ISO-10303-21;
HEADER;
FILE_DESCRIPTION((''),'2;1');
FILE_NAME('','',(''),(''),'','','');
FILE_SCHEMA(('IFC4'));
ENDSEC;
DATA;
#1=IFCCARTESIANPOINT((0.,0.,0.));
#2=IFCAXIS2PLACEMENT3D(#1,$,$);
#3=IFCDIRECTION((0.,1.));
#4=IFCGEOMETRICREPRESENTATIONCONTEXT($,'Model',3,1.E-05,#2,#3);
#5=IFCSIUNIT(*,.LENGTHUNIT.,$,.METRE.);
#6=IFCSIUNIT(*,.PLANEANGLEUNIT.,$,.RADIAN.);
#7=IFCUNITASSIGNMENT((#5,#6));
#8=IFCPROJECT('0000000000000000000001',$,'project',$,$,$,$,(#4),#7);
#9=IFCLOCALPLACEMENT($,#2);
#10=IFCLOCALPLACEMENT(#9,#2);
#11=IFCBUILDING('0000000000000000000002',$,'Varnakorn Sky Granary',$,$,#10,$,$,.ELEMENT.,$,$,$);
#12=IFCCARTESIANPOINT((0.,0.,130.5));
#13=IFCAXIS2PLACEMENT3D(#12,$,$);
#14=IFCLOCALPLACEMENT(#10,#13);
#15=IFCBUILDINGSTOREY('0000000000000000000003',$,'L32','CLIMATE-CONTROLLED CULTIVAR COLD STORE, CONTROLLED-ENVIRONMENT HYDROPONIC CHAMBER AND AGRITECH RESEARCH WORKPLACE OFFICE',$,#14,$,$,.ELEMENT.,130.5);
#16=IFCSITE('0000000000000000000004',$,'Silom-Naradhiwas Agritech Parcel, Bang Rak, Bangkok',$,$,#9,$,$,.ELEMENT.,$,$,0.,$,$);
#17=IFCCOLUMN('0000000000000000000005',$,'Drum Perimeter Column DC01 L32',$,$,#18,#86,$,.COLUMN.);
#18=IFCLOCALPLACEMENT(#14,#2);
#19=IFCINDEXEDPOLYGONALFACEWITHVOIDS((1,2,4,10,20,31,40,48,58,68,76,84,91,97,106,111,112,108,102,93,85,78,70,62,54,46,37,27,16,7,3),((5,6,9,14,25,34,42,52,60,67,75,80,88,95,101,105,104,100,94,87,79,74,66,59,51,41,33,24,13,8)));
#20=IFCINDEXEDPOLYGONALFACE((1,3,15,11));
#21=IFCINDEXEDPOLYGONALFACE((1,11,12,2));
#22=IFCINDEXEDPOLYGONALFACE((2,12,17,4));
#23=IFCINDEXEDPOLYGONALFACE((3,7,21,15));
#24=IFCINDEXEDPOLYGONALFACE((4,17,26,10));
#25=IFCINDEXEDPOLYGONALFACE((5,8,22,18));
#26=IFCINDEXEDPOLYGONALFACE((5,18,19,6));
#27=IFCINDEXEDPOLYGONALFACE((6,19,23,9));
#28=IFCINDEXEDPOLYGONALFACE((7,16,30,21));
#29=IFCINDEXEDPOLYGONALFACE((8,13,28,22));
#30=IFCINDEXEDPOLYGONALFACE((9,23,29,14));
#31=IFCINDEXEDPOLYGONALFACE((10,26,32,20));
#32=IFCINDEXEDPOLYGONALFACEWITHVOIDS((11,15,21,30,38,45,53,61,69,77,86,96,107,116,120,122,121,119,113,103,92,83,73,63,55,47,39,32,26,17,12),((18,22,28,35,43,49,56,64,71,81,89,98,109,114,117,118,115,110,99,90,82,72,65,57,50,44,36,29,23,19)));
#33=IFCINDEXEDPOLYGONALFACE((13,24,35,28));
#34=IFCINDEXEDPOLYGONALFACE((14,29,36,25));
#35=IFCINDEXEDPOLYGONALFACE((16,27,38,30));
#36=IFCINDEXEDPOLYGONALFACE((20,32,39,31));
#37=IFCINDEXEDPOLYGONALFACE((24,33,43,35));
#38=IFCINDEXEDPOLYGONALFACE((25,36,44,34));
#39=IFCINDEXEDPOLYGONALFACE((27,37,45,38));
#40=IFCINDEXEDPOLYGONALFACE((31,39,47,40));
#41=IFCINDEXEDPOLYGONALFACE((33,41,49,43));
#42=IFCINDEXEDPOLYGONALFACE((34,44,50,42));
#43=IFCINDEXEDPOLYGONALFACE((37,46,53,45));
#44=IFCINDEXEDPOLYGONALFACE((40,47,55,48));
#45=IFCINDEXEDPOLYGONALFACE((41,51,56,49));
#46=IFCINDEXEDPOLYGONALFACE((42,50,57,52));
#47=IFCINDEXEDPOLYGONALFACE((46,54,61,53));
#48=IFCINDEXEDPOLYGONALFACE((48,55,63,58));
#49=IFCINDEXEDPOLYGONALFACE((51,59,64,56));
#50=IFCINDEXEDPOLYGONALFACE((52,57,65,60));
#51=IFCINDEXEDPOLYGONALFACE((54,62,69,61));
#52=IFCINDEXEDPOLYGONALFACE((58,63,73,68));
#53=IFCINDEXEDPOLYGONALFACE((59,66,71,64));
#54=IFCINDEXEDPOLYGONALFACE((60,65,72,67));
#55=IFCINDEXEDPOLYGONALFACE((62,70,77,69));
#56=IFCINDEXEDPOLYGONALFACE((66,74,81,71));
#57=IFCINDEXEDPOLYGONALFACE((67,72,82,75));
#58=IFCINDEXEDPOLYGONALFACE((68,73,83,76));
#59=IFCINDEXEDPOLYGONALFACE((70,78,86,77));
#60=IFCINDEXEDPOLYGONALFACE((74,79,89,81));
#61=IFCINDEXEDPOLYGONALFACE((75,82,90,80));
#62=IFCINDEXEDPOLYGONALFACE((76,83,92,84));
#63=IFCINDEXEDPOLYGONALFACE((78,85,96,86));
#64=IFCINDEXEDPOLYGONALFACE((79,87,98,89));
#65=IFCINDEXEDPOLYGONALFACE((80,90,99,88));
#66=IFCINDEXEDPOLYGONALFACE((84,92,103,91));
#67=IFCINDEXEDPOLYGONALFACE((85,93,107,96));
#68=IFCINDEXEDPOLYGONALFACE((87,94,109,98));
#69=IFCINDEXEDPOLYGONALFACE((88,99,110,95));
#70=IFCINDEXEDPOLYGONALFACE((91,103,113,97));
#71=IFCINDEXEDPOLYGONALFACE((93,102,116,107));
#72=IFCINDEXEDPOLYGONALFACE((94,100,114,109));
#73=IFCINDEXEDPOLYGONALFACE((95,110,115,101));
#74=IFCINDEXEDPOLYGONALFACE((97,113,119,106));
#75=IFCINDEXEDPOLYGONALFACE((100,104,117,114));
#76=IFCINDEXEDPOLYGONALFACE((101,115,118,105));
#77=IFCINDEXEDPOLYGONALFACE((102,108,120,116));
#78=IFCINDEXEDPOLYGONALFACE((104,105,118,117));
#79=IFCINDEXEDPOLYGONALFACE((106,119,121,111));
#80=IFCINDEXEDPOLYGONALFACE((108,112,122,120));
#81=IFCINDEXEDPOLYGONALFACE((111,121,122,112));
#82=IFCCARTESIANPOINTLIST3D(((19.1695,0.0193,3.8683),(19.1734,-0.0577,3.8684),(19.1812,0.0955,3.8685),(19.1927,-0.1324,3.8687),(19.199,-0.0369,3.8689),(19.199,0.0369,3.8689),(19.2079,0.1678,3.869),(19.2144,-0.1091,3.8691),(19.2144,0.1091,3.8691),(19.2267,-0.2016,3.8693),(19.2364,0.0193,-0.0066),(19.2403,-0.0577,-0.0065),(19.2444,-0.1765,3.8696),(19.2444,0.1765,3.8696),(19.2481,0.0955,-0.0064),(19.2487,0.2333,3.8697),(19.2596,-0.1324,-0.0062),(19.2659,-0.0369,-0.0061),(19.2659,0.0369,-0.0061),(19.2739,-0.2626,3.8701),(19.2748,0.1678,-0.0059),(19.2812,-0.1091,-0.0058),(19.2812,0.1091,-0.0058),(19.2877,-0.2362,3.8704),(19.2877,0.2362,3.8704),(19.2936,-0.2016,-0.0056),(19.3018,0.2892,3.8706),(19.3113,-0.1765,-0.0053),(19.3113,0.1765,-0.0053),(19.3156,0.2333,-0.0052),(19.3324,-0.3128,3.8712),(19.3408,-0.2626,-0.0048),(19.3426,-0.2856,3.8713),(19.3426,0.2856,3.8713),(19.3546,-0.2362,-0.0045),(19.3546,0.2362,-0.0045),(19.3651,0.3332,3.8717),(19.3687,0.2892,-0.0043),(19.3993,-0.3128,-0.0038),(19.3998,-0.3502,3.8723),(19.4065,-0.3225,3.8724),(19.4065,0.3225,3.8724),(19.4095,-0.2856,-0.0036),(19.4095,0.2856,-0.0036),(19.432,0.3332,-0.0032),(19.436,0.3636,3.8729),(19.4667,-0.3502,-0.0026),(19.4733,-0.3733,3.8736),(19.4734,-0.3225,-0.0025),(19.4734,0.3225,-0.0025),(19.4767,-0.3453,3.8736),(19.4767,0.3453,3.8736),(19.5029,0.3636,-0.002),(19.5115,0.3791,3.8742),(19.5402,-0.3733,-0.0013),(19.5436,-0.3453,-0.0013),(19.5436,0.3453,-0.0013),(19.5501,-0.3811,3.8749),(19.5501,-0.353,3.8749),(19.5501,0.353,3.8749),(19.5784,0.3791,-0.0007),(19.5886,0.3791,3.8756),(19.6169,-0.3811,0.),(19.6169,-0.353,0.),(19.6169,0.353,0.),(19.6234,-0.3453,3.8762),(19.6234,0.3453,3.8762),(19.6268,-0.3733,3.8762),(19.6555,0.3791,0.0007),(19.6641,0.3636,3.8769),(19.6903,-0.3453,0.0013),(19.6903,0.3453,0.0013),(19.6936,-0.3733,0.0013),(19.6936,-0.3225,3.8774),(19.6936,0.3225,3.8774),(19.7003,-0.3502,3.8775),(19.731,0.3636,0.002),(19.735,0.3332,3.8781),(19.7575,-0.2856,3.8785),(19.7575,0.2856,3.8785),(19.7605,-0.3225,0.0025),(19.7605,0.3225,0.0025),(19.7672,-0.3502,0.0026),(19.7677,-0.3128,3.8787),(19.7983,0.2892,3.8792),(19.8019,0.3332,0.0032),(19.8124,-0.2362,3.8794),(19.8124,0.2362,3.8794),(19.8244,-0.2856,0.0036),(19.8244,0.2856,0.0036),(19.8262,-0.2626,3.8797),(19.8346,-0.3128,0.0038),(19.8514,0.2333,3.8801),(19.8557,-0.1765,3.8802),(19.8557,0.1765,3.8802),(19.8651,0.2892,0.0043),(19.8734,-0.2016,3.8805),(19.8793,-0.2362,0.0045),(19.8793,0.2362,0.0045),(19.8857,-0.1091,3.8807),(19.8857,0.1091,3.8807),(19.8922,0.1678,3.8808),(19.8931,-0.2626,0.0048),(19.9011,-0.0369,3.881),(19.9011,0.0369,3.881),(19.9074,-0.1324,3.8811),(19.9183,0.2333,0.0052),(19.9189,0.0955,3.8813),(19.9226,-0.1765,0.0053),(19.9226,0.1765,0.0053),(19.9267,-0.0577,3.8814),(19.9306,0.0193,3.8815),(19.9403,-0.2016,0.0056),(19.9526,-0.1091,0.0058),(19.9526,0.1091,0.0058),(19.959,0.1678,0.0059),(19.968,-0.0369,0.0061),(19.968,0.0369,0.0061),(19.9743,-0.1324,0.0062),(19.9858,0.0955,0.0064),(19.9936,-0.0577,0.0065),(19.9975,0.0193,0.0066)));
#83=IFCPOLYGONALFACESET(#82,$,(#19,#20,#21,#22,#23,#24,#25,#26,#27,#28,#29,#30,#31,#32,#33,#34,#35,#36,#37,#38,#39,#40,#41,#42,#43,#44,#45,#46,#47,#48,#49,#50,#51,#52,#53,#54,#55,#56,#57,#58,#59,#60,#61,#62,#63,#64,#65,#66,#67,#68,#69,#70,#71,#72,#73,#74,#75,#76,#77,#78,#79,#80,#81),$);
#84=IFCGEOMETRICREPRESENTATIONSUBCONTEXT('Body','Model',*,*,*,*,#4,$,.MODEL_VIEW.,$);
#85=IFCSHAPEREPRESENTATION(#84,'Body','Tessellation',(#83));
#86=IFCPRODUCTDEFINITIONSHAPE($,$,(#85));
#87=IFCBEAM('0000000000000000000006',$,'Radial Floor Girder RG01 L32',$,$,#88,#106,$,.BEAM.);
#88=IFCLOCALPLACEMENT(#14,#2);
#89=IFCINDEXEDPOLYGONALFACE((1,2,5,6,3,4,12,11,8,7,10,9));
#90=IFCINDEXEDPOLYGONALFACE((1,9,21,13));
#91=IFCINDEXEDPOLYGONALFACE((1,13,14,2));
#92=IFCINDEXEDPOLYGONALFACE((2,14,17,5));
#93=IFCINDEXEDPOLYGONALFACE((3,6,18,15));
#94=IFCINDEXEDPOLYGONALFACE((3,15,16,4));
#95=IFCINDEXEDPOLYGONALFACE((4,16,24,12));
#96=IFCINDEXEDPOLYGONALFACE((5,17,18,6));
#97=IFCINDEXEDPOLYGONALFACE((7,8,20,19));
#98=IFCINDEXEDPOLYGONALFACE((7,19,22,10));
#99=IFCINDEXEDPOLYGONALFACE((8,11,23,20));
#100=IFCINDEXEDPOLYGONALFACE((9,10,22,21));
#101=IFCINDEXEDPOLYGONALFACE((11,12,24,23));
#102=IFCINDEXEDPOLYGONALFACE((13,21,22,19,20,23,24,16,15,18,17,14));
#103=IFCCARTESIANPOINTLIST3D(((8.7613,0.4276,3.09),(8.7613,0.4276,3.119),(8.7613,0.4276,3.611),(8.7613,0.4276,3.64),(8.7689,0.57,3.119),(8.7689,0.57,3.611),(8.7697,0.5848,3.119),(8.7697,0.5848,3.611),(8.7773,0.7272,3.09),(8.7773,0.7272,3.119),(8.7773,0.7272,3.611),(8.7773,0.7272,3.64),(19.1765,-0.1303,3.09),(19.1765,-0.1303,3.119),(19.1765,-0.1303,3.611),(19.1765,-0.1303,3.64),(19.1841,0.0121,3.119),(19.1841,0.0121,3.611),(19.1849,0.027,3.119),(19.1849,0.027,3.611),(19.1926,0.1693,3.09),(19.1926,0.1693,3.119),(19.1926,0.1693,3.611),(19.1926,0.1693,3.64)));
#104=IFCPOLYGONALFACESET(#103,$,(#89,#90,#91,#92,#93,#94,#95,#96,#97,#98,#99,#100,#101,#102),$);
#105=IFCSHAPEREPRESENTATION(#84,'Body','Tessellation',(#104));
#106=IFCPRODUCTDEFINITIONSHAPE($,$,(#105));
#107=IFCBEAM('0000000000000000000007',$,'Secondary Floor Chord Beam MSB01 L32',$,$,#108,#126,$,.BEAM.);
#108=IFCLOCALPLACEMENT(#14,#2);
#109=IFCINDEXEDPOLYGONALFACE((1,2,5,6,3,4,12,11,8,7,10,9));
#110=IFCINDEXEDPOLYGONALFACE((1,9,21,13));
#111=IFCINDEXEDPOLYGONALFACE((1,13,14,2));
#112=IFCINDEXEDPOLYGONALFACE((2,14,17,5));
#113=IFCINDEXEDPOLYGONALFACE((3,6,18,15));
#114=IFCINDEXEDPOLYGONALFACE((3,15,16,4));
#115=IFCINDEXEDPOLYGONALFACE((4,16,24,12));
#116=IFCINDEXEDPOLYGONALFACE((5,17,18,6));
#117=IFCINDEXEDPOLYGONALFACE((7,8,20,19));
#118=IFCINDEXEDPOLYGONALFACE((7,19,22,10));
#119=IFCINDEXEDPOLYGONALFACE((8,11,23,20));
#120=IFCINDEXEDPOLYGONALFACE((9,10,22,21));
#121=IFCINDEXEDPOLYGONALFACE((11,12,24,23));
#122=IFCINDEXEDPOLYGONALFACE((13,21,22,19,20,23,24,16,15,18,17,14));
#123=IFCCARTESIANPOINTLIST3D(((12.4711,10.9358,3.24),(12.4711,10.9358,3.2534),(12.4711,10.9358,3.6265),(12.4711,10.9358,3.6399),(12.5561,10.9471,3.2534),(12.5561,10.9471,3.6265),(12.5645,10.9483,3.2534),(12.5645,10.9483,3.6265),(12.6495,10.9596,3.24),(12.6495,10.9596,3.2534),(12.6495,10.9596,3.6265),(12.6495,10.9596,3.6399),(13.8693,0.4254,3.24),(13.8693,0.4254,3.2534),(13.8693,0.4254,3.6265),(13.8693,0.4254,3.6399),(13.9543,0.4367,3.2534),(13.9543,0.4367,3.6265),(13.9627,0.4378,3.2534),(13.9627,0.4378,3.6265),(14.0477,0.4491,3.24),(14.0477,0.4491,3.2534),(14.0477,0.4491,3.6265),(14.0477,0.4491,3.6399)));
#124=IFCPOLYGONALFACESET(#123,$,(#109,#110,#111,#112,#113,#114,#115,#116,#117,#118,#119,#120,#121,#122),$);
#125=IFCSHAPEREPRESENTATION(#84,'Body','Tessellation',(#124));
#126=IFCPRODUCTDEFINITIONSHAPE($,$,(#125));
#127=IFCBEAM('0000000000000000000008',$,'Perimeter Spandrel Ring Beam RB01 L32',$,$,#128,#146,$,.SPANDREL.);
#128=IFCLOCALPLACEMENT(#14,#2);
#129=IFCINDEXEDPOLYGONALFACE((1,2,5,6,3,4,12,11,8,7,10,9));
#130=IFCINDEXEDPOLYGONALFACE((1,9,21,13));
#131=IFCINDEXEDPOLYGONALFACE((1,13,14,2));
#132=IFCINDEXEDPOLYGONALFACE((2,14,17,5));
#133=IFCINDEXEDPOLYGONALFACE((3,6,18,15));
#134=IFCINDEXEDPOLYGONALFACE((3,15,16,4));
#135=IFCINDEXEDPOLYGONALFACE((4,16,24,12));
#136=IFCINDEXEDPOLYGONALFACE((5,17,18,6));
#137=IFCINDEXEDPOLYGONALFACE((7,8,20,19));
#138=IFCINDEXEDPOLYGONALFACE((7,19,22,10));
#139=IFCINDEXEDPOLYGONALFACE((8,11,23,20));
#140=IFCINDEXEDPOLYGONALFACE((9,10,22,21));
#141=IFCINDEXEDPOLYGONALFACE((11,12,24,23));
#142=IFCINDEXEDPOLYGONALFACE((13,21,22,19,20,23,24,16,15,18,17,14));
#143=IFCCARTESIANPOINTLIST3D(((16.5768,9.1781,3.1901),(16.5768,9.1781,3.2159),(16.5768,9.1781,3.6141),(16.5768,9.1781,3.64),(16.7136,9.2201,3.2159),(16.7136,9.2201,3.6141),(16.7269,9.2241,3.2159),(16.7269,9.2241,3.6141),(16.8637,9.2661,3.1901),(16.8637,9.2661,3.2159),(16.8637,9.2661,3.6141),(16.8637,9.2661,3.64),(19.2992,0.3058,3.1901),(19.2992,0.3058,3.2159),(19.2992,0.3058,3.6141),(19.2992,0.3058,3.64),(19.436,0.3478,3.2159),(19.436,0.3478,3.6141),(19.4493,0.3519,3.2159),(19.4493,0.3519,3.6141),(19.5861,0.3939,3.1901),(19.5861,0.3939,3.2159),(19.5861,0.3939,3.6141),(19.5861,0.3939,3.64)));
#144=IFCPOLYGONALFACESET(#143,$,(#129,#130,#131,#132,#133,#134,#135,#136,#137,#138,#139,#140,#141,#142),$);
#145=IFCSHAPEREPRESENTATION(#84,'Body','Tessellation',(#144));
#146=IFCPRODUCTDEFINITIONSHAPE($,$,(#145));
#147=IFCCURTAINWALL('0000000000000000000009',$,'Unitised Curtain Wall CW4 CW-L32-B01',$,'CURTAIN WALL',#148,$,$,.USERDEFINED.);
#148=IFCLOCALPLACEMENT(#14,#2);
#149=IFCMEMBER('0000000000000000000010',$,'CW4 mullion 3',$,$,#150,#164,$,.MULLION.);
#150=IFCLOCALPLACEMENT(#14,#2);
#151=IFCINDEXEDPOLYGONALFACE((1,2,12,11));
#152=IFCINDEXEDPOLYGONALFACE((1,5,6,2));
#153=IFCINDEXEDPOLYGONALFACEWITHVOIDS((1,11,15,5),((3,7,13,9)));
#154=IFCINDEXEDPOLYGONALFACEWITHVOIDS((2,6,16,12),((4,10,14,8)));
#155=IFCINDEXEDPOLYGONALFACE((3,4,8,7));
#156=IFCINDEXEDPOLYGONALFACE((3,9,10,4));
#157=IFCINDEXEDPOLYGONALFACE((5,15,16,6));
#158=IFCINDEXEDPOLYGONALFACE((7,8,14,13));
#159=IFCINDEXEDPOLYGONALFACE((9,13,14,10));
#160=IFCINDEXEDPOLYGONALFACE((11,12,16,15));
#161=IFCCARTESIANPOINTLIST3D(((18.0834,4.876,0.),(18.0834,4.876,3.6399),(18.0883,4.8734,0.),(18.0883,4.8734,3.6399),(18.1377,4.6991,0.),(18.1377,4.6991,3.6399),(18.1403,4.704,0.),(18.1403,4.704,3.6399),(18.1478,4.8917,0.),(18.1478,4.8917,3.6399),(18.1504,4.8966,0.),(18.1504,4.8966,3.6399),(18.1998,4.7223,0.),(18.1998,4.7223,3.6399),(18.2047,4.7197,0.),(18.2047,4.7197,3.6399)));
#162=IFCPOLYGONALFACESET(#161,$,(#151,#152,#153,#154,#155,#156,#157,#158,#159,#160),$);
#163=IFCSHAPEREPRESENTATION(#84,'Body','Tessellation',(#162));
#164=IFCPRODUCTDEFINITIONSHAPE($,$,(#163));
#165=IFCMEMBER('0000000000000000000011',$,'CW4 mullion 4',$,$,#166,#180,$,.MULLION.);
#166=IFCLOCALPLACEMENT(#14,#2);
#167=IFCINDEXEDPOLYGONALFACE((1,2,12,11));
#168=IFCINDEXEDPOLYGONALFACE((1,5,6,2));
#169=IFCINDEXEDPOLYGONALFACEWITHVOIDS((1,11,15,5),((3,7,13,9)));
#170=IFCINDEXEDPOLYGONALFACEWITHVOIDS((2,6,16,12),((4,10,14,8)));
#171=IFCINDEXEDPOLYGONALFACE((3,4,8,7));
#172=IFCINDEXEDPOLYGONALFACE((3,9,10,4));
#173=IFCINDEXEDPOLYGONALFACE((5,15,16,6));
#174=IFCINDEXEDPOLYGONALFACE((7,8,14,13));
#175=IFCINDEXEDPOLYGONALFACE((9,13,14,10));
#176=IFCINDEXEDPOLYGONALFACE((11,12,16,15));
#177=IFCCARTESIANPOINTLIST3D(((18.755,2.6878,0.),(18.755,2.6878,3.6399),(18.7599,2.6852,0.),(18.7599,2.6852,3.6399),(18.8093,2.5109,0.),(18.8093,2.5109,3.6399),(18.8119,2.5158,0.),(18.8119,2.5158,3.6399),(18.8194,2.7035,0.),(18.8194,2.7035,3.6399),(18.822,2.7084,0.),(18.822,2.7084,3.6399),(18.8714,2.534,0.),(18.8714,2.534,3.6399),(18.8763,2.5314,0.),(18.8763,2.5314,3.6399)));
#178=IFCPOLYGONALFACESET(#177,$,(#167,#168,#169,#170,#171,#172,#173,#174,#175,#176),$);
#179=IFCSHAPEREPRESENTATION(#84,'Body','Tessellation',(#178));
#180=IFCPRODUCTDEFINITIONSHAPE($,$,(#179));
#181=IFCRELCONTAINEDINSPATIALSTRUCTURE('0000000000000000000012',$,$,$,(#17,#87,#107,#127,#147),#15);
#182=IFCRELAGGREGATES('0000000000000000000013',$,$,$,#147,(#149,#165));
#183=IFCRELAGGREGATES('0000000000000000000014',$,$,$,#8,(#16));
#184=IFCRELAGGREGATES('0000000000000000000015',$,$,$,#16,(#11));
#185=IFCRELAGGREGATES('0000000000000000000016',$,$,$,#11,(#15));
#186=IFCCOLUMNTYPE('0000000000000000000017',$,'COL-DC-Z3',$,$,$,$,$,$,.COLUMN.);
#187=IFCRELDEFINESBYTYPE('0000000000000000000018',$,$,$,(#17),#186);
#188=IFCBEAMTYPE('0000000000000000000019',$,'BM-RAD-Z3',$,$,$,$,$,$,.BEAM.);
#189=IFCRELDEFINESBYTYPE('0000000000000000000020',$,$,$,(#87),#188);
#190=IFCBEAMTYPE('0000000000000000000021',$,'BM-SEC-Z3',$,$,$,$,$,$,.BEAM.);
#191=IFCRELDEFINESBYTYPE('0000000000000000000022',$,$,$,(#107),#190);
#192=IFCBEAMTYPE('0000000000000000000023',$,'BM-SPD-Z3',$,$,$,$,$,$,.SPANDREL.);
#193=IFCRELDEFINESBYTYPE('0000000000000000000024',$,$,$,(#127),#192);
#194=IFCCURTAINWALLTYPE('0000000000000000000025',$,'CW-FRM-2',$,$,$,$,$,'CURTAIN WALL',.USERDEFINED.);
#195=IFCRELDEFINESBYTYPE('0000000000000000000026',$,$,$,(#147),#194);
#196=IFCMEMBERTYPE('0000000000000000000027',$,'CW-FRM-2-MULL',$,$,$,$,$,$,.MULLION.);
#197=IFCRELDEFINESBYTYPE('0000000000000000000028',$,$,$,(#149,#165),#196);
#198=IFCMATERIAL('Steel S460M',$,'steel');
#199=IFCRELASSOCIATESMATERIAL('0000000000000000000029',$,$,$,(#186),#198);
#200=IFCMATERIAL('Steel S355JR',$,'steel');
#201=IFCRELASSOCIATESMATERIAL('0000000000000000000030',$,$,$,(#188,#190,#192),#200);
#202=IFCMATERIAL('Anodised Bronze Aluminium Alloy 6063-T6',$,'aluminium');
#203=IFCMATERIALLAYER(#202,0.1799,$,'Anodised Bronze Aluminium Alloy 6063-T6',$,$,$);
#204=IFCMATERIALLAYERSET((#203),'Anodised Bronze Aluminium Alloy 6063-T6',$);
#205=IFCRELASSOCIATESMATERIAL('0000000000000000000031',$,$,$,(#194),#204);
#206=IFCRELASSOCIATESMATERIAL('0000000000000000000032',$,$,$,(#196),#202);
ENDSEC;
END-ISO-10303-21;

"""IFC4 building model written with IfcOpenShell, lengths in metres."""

from ifc_helpers import new_model, si_unit, direction, frame, origin, origin_2d, place, context, subcontext, project, spatial, hollow_rectangle, hollow_circle, i_section, extrude, material, layer, layer_set, material_profile, profile_set, type_object, element, aggregate, save


model = new_model("IFC4")

# Units and contexts
model_context = context("Model", 3, precision=1e-05, world=origin(), true_north=direction((0.0, 1.0)))
body_context = subcontext(model_context, "Body", "Model", "MODEL_VIEW")
ifc_project = project(units=[si_unit("LENGTHUNIT", "METRE"), si_unit("PLANEANGLEUNIT", "RADIAN")], contexts=[model_context])

# Site, building, storey
site_placement = place(None, origin())
site = spatial("IfcSite", under=ifc_project, at=site_placement, Name="Silom-Naradhiwas Agritech Parcel, Bang Rak, Bangkok", CompositionType="ELEMENT", RefElevation=0.0)
building_placement = place(site_placement, origin())
building = spatial("IfcBuilding", under=site, at=building_placement, Name="Varnakorn Sky Granary", CompositionType="ELEMENT")
storey_placement = place(building_placement, frame((0.0, 0.0, 130.5)))
storey = spatial("IfcBuildingStorey", under=building, at=storey_placement, Name="L32", Description="CLIMATE-CONTROLLED CULTIVAR COLD STORE, CONTROLLED-ENVIRONMENT HYDROPONIC CHAMBER AND AGRITECH RESEARCH WORKPLACE OFFICE", CompositionType="ELEMENT", Elevation=130.5)

# Column
ifc_material_1 = material(Name="Steel S460M", Category="steel")
ifc_material_profile_1 = material_profile(ifc_material_1, hollow_circle(Radius=0.3811, WallThickness=0.0281, at=origin_2d()), Name="CHS 762x28")
ifc_profile_set_1 = profile_set([ifc_material_profile_1], Name="Steel S460M")
column_type = type_object("IfcColumnType", Name="COL-DC-Z3", PredefinedType="COLUMN", material=ifc_profile_set_1)
column_placement = place(storey_placement, frame((19.6169, 0.0, 0.0), z_axis=(-0.017261, 0.0, 0.999851), x_axis=(0.0, -1.0, 0.0)))
element("IfcColumn", 1, at=column_placement, inside=storey, type_object=column_type, Name="Drum Perimeter Column DC01 L32", PredefinedType="COLUMN", context=body_context, shape_type="SweptSolid", body=[
    extrude(hollow_circle(Radius=0.3811, WallThickness=0.0281, at=origin_2d()), origin(), (0.0, 0.0, 1.0), 3.8755),
])

# Beams
ifc_material_2 = material(Name="Steel S355JR", Category="steel")
ifc_material_profile_2 = material_profile(ifc_material_2, i_section(OverallWidth=0.3, OverallDepth=0.55, WebThickness=0.0149, FlangeThickness=0.0291, at=origin_2d()), Name="HE 550 B")
ifc_profile_set_2 = profile_set([ifc_material_profile_2], Name="Steel S355JR")
beam_type_1 = type_object("IfcBeamType", Name="BM-RAD-Z3", PredefinedType="BEAM", material=ifc_profile_set_2)
beam_1_placement = place(storey_placement, frame((8.7693, 0.5774, 3.365), z_axis=(0.998569, -0.053485, 0.0), x_axis=(0.053485, 0.998569, 0.0)))
element("IfcBeam", 2, at=beam_1_placement, inside=storey, type_object=beam_type_1, Name="Radial Floor Girder RG01 L32", PredefinedType="BEAM", context=body_context, shape_type="SweptSolid", body=[
    extrude(i_section(OverallWidth=0.3, OverallDepth=0.55, WebThickness=0.0149, FlangeThickness=0.0291, at=origin_2d()), origin(), (0.0, 0.0, 1.0), 10.4302),
])
ifc_material_profile_3 = material_profile(ifc_material_2, i_section(OverallWidth=0.1799, OverallDepth=0.3999, WebThickness=0.0085, FlangeThickness=0.0134, at=origin_2d()), Name="IPE 400")
ifc_profile_set_3 = profile_set([ifc_material_profile_3], Name="Steel S355JR")
beam_type_2 = type_object("IfcBeamType", Name="BM-SEC-Z3", PredefinedType="BEAM", material=ifc_profile_set_3)
beam_2_placement = place(storey_placement, frame((13.9585, 0.4373, 3.4399), z_axis=(-0.131867, 0.991267, 0.0), x_axis=(-0.991267, -0.131867, 0.0)))
element("IfcBeam", 3, at=beam_2_placement, inside=storey, type_object=beam_type_2, Name="Secondary Floor Chord Beam MSB01 L32", PredefinedType="BEAM", context=body_context, shape_type="SweptSolid", body=[
    extrude(i_section(OverallWidth=0.1799, OverallDepth=0.3999, WebThickness=0.0085, FlangeThickness=0.0134, at=origin_2d()), origin(), (0.0, 0.0, 1.0), 10.603),
])
ifc_material_profile_4 = material_profile(ifc_material_2, i_section(OverallWidth=0.3, OverallDepth=0.45, WebThickness=0.0139, FlangeThickness=0.0259, at=origin_2d()), Name="HE 450 B")
ifc_profile_set_4 = profile_set([ifc_material_profile_4], Name="Steel S355JR")
beam_type_3 = type_object("IfcBeamType", Name="BM-SPD-Z3", PredefinedType="SPANDREL", material=ifc_profile_set_4)
beam_3_placement = place(storey_placement, frame((19.4426, 0.3499, 3.415), z_axis=(-0.293344, 0.956007, 0.0), x_axis=(-0.956007, -0.293344, 0.0)))
element("IfcBeam", 4, at=beam_3_placement, inside=storey, type_object=beam_type_3, Name="Perimeter Spandrel Ring Beam RB01 L32", PredefinedType="SPANDREL", context=body_context, shape_type="SweptSolid", body=[
    extrude(i_section(OverallWidth=0.3, OverallDepth=0.45, WebThickness=0.0139, FlangeThickness=0.0259, at=origin_2d()), origin(), (0.0, 0.0, 1.0), 9.2805),
])

# Curtain wall, members
ifc_material_3 = material(Name="Anodised Bronze Aluminium Alloy 6063-T6", Category="aluminium")
ifc_layer_1 = layer(ifc_material_3, 0.1799, Name="Anodised Bronze Aluminium Alloy 6063-T6")
ifc_layer_set_1 = layer_set([ifc_layer_1], Name="Anodised Bronze Aluminium Alloy 6063-T6")
curtain_wall_type = type_object("IfcCurtainWallType", Name="CW-FRM-2", ElementType="CURTAIN WALL", PredefinedType="USERDEFINED", material=ifc_layer_set_1)
curtain_wall_placement = place(storey_placement, origin())
curtain_wall = element("IfcCurtainWall", 5, at=curtain_wall_placement, inside=storey, type_object=curtain_wall_type, Name="Unitised Curtain Wall CW4 CW-L32-B01", ObjectType="CURTAIN WALL", PredefinedType="USERDEFINED")
ifc_material_profile_5 = material_profile(ifc_material_3, hollow_rectangle(XDim=0.0701, YDim=0.1851, WallThickness=0.0039, at=origin_2d()), Name="ALU MULL 70x185")
ifc_profile_set_5 = profile_set([ifc_material_profile_5], Name="Anodised Bronze Aluminium Alloy 6063-T6")
member_type_1 = type_object("IfcMemberType", Name="CW-FRM-2-MULL", PredefinedType="MULLION", material=ifc_profile_set_5)
member_1_placement = place(storey_placement, frame((18.144, 4.7979, 0.0), z_axis=(0.0, 0.0, 1.0), x_axis=(0.955954, 0.293516, 0.0)))
member_1 = element("IfcMember", 6, at=member_1_placement, type_object=member_type_1, Name="CW4 mullion 3", PredefinedType="MULLION", context=body_context, shape_type="SweptSolid", body=[
    extrude(hollow_rectangle(XDim=0.0701, YDim=0.1851, WallThickness=0.0039, at=origin_2d()), origin(), (0.0, 0.0, 1.0), 3.6399),
])
member_2_placement = place(storey_placement, frame((18.8157, 2.6096, 0.0), z_axis=(0.0, 0.0, 1.0), x_axis=(0.955954, 0.293516, 0.0)))
member_2 = element("IfcMember", 7, at=member_2_placement, type_object=member_type_1, Name="CW4 mullion 4", PredefinedType="MULLION", context=body_context, shape_type="SweptSolid", body=[
    extrude(hollow_rectangle(XDim=0.0701, YDim=0.1851, WallThickness=0.0039, at=origin_2d()), origin(), (0.0, 0.0, 1.0), 3.6399),
])

aggregate(curtain_wall, [member_1, member_2])

save(model, "model.ifc")
